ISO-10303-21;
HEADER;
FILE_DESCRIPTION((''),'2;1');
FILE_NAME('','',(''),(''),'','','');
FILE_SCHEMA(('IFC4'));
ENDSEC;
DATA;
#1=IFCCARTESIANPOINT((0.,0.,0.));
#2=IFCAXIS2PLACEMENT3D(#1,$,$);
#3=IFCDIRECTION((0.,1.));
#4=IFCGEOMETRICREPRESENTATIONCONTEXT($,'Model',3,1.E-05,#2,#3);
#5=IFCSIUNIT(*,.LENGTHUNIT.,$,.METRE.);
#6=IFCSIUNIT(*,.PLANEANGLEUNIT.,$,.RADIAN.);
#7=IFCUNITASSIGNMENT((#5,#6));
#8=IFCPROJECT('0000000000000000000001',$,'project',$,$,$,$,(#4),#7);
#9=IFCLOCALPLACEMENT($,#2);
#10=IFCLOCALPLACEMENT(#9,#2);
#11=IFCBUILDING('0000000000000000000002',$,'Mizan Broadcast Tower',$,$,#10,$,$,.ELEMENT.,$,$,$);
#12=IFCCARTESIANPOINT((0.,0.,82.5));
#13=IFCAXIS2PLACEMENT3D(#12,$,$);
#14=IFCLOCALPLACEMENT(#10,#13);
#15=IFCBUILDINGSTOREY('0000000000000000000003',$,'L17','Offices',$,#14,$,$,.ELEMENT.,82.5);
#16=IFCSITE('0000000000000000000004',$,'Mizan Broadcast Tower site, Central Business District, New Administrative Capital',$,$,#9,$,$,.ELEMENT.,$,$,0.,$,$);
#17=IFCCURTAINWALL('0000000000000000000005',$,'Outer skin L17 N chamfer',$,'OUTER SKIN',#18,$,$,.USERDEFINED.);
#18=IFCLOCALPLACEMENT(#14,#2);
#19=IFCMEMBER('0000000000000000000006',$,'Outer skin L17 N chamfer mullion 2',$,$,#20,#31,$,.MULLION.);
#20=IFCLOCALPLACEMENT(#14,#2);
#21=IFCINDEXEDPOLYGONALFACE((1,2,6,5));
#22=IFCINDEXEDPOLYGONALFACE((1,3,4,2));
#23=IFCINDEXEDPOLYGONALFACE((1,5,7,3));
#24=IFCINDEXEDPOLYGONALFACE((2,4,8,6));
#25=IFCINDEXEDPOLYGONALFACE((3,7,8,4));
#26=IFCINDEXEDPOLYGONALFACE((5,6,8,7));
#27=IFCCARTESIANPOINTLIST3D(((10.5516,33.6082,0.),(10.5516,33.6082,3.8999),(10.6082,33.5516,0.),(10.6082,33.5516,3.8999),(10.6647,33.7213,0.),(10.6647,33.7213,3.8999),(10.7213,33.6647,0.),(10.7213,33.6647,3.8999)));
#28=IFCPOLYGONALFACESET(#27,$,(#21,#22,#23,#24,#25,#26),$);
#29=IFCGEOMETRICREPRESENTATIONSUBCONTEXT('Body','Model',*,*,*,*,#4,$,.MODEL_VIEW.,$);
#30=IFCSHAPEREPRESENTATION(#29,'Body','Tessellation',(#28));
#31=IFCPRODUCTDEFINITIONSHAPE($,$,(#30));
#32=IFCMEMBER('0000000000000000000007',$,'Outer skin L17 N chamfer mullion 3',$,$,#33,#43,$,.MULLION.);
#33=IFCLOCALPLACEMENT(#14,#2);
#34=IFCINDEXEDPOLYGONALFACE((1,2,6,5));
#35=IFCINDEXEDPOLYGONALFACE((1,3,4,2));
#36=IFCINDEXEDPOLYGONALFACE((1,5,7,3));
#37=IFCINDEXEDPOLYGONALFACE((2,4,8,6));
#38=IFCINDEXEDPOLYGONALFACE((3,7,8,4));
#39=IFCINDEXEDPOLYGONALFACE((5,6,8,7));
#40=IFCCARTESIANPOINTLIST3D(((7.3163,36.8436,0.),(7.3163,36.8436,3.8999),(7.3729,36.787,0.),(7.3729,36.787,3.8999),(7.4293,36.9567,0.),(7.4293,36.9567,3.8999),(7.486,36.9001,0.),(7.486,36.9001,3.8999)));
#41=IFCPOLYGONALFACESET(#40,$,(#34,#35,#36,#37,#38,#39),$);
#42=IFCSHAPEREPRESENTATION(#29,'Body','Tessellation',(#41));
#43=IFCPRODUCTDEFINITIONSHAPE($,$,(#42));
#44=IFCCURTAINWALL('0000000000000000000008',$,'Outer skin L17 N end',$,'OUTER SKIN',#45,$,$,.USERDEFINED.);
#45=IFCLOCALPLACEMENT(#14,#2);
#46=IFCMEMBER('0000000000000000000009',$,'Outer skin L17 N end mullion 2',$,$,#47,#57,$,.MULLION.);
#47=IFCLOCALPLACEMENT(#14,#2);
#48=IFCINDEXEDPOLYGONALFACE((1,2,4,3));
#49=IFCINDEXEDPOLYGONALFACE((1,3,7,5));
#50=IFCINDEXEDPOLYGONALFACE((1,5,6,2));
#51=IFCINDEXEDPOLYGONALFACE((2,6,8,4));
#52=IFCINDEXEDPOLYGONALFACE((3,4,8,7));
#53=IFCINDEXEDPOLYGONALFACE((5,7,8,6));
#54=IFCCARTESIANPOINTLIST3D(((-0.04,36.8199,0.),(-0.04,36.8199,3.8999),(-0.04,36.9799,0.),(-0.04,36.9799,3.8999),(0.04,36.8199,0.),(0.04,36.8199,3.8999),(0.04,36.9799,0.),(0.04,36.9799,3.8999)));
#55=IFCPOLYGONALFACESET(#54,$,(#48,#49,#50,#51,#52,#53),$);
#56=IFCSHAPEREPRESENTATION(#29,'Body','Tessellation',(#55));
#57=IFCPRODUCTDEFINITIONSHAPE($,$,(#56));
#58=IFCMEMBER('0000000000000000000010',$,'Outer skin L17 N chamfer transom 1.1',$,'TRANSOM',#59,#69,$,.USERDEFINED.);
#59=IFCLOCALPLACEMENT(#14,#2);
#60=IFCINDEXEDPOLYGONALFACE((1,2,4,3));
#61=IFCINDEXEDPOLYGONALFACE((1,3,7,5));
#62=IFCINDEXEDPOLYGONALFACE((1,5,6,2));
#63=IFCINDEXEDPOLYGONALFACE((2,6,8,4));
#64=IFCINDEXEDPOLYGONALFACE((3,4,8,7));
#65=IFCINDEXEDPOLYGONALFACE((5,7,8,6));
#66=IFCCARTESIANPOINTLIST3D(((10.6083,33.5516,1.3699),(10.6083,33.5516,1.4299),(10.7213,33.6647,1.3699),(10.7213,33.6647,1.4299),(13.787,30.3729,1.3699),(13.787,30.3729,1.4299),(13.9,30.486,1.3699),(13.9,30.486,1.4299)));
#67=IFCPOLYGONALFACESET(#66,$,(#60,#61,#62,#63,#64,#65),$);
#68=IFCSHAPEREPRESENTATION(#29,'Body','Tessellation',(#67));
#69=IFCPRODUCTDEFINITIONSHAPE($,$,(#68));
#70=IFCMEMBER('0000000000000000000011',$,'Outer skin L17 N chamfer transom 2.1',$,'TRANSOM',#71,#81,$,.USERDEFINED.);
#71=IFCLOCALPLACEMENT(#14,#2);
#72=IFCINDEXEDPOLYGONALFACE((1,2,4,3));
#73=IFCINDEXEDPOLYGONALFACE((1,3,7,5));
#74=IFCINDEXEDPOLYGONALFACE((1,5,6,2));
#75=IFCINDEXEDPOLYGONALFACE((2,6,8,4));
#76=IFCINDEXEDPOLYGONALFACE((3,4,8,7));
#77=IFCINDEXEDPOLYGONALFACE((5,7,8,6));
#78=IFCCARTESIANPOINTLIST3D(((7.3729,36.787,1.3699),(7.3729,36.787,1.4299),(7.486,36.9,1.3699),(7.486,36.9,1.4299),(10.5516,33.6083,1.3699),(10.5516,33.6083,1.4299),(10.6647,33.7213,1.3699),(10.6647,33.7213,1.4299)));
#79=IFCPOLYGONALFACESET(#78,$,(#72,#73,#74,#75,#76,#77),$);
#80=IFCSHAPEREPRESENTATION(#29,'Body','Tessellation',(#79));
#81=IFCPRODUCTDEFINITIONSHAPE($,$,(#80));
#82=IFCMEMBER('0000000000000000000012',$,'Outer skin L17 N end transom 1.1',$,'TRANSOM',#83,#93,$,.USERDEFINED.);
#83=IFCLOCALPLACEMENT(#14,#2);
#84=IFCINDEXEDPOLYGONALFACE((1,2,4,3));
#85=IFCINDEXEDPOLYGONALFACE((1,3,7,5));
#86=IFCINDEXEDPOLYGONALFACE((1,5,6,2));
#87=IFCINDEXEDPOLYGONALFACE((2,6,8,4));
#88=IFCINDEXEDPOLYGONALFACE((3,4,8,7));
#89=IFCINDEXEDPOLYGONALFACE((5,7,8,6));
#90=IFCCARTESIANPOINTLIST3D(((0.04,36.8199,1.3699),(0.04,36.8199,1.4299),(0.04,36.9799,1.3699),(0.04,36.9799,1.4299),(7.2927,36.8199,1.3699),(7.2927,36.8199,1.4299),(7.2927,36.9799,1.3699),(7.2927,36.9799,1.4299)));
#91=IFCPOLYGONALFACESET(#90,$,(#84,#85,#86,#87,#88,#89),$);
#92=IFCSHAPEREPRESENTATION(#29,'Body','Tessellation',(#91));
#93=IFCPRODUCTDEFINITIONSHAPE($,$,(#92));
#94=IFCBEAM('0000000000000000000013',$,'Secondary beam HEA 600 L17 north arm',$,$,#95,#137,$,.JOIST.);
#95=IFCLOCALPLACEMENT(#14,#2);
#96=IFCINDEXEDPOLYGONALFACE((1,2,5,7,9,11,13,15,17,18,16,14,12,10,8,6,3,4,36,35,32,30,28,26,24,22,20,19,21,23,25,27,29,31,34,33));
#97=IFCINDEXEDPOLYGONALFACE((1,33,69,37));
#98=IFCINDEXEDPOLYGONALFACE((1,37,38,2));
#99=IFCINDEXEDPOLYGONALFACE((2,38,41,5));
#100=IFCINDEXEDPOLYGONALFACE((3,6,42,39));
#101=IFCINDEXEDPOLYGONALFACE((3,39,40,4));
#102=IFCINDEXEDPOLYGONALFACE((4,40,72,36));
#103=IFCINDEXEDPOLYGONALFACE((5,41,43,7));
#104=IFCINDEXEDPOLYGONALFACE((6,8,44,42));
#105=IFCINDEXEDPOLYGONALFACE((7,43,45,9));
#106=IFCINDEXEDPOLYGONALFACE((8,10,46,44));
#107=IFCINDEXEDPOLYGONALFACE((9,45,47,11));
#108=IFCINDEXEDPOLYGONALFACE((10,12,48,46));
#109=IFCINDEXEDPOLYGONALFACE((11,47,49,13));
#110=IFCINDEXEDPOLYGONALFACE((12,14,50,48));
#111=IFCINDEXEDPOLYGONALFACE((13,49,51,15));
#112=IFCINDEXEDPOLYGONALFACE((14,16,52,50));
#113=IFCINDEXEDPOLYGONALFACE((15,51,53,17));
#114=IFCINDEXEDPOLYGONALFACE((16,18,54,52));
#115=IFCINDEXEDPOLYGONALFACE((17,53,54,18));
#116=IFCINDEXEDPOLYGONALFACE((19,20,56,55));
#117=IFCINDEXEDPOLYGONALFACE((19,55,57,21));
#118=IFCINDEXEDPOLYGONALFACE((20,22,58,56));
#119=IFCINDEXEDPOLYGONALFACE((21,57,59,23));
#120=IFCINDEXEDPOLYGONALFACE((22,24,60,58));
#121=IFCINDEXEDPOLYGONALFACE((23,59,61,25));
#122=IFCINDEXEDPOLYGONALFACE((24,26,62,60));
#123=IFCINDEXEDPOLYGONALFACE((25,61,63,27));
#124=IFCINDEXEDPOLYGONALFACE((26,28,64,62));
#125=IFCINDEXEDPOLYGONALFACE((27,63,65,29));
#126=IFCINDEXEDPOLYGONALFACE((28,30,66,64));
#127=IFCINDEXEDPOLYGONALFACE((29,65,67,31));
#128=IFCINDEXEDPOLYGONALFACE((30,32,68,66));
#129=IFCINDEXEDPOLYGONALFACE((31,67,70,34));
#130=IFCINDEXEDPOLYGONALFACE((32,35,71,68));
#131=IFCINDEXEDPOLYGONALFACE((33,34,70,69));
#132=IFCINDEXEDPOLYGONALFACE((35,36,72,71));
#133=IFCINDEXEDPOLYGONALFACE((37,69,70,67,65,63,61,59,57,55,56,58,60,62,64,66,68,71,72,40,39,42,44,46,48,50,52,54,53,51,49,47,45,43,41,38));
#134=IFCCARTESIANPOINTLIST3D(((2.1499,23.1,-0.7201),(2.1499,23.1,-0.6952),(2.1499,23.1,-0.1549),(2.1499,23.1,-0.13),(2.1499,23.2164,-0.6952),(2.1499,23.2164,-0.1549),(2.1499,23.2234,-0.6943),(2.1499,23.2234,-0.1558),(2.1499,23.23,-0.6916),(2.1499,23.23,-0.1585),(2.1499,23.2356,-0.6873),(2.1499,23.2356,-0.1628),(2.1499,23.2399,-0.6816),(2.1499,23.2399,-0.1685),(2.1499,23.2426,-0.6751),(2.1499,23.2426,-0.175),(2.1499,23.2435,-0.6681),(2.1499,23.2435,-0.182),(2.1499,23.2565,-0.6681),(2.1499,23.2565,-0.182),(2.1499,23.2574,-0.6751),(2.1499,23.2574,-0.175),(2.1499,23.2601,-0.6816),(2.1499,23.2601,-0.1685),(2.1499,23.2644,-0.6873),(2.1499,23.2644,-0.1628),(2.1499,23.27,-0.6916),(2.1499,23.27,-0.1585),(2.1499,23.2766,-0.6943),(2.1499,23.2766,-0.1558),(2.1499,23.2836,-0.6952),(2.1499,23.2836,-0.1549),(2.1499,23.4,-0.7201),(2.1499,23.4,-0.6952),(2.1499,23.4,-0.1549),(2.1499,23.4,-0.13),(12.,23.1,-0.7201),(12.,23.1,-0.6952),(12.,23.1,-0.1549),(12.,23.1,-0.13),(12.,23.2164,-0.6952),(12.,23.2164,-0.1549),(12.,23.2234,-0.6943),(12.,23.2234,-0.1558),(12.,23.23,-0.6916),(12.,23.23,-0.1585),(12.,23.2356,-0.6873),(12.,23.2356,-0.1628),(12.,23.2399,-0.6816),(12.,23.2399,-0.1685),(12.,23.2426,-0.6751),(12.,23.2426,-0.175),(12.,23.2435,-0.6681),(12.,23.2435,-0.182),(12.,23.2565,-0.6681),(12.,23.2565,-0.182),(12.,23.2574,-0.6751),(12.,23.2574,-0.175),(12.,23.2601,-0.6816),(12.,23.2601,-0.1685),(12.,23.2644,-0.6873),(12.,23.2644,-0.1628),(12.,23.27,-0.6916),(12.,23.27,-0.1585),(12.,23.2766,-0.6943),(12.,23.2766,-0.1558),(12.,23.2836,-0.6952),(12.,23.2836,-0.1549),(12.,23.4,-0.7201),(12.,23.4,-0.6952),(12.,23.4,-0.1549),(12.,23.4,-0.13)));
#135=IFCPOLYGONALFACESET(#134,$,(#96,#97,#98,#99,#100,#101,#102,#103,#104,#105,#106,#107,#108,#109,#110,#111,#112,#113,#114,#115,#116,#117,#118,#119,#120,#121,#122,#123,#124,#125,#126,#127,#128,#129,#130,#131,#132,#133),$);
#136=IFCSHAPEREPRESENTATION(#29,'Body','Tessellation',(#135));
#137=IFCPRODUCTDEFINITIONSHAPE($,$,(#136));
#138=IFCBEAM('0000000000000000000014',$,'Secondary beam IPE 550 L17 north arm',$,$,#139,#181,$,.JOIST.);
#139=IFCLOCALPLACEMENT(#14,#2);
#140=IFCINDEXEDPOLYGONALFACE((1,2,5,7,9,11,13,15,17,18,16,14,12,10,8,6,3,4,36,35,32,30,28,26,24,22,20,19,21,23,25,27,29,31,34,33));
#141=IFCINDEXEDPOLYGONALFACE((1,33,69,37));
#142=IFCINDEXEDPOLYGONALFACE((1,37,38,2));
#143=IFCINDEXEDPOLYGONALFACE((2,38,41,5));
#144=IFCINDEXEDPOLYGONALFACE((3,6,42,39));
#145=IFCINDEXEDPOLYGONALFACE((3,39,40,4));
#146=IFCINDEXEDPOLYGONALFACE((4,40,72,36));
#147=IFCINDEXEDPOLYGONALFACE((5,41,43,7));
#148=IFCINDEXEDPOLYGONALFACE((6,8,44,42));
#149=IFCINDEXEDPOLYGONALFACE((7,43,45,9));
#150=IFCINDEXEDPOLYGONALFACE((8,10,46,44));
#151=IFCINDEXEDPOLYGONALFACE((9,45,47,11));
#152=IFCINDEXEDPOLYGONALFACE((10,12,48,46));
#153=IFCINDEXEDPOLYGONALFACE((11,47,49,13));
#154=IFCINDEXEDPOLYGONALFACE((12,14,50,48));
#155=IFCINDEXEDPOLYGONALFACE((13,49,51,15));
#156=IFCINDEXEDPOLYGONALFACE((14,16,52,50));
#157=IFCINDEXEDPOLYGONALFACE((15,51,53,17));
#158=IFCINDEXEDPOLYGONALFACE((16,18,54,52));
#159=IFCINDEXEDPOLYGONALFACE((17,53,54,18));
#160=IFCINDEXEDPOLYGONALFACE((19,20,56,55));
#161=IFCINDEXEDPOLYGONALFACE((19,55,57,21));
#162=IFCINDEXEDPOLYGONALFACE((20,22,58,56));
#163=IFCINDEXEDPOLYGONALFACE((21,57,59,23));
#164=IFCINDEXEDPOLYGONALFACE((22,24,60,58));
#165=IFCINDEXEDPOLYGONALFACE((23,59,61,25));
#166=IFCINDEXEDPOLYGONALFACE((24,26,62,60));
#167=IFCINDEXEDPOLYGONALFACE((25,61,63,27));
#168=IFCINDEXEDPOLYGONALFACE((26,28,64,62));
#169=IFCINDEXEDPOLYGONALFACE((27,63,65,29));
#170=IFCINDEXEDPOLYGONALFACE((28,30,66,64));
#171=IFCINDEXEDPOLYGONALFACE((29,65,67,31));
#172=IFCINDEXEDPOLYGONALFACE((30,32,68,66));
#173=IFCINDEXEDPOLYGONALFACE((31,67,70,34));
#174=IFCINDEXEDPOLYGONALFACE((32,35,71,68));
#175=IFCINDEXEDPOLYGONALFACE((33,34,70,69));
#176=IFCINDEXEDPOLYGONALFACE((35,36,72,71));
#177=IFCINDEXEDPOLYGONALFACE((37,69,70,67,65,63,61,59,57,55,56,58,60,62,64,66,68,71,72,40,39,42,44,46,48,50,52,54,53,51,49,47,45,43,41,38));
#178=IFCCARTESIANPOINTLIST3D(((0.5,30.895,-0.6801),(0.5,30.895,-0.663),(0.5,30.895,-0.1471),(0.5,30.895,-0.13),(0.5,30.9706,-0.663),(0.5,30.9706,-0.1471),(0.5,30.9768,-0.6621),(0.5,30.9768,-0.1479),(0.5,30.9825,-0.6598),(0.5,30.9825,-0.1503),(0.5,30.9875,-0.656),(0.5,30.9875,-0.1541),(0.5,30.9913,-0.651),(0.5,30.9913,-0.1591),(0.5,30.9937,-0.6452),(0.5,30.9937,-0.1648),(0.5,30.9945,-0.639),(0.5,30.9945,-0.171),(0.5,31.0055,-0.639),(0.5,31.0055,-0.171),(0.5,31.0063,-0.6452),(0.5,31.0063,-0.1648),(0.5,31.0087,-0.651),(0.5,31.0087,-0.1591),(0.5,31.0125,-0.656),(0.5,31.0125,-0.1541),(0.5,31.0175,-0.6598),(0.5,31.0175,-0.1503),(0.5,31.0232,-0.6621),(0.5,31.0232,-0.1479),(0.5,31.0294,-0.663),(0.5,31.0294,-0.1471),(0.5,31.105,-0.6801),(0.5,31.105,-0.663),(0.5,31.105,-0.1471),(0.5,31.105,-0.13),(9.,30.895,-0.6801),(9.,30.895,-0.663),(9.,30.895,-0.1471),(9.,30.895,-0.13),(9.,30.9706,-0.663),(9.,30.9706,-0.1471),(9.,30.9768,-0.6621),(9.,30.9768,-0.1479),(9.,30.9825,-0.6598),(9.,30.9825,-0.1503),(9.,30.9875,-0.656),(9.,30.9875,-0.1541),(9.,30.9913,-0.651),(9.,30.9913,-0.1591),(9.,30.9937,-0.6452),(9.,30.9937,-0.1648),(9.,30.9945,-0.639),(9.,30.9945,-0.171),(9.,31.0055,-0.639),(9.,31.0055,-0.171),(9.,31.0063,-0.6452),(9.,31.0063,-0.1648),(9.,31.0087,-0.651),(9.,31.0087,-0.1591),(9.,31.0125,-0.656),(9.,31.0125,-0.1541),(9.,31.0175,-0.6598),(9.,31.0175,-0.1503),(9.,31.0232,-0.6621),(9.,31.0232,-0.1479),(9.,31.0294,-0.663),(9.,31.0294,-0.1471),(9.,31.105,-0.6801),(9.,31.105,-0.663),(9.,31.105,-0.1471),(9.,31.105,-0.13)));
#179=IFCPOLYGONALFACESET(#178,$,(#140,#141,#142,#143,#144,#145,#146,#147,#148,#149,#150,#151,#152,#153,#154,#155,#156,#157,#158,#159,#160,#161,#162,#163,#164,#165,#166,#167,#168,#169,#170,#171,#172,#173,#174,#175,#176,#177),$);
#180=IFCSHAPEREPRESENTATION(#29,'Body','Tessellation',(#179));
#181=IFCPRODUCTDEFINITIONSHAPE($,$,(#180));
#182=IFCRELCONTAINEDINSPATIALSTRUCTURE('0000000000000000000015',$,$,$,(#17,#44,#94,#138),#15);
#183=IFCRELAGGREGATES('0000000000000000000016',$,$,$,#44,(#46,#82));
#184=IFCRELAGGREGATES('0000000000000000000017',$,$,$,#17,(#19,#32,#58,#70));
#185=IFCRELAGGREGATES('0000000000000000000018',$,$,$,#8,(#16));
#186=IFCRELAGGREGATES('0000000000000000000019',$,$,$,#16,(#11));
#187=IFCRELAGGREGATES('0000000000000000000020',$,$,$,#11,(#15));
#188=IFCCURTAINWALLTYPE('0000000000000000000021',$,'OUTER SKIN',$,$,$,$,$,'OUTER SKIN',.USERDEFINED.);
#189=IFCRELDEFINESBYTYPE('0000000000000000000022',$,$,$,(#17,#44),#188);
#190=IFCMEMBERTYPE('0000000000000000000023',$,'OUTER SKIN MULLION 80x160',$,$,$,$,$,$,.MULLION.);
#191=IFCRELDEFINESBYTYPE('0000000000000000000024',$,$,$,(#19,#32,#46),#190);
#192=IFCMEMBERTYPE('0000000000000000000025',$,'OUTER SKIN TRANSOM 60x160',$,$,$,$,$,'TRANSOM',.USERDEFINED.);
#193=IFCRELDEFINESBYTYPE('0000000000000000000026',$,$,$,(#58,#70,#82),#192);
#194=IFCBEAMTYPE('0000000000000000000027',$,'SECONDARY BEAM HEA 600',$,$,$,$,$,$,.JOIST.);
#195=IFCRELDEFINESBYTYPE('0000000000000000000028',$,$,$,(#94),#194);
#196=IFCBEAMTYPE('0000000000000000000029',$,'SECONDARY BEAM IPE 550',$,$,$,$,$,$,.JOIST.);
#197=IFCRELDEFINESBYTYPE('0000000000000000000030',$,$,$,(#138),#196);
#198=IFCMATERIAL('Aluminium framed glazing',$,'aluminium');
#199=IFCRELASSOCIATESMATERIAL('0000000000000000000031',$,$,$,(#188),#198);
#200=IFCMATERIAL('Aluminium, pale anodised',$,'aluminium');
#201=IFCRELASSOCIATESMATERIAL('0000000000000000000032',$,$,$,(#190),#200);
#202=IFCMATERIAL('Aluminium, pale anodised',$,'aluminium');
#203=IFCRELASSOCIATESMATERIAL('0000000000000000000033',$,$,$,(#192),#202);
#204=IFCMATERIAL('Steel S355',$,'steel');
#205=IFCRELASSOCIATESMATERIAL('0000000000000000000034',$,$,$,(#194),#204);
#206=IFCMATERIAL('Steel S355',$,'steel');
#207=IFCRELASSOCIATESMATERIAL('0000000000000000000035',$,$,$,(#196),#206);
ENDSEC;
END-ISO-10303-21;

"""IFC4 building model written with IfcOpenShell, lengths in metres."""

from ifc_helpers import new_model, si_unit, direction, frame, origin, origin_2d, place, context, subcontext, project, spatial, rectangle, i_section, extrude, material, material_profile, profile_set, type_object, element, aggregate, save


model = new_model("IFC4")

# Units and contexts
model_context = context("Model", 3, precision=1e-05, world=origin(), true_north=direction((0.0, 1.0)))
body_context = subcontext(model_context, "Body", "Model", "MODEL_VIEW")
ifc_project = project(units=[si_unit("LENGTHUNIT", "METRE"), si_unit("PLANEANGLEUNIT", "RADIAN")], contexts=[model_context])

# Site, building, storey
site_placement = place(None, origin())
site = spatial("IfcSite", under=ifc_project, at=site_placement, Name="Mizan Broadcast Tower site, Central Business District, New Administrative Capital", CompositionType="ELEMENT", RefElevation=0.0)
building_placement = place(site_placement, origin())
building = spatial("IfcBuilding", under=site, at=building_placement, Name="Mizan Broadcast Tower", CompositionType="ELEMENT")
storey_placement = place(building_placement, frame((0.0, 0.0, 82.5)))
storey = spatial("IfcBuildingStorey", under=building, at=storey_placement, Name="L17", Description="Offices", CompositionType="ELEMENT", Elevation=82.5)

# Curtain wall, members
ifc_material_1 = material(Name="Aluminium framed glazing", Category="aluminium")
curtain_wall_type_1 = type_object("IfcCurtainWallType", Name="OUTER SKIN", ElementType="OUTER SKIN", PredefinedType="USERDEFINED", material=ifc_material_1)
curtain_wall_1_placement = place(storey_placement, origin())
curtain_wall_1 = element("IfcCurtainWall", 1, at=curtain_wall_1_placement, inside=storey, type_object=curtain_wall_type_1, Name="Outer skin L17 N chamfer", ObjectType="OUTER SKIN", PredefinedType="USERDEFINED")
ifc_material_2 = material(Name="Aluminium, pale anodised", Category="aluminium")
ifc_material_profile_1 = material_profile(ifc_material_2, rectangle(XDim=0.1599, YDim=0.0801, at=origin_2d()), Name="MULLION 160x80")
ifc_profile_set_1 = profile_set([ifc_material_profile_1], Name="Aluminium, pale anodised")
member_type_1 = type_object("IfcMemberType", Name="OUTER SKIN MULLION 80x160", PredefinedType="MULLION", material=ifc_profile_set_1)
member_1_placement = place(storey_placement, frame((10.6365, 33.6365, 0.0), z_axis=(0.0, 0.0, 1.0), x_axis=(-0.707107, -0.707107, 0.0)))
member_1 = element("IfcMember", 2, at=member_1_placement, type_object=member_type_1, Name="Outer skin L17 N chamfer mullion 2", PredefinedType="MULLION", context=body_context, shape_type="SweptSolid", body=[
    extrude(rectangle(XDim=0.1599, YDim=0.0801, at=origin_2d()), origin(), (0.0, 0.0, 1.0), 3.8999),
])
member_2_placement = place(storey_placement, frame((7.4011, 36.8718, 0.0), z_axis=(0.0, 0.0, 1.0), x_axis=(-0.707107, -0.707107, 0.0)))
member_2 = element("IfcMember", 3, at=member_2_placement, type_object=member_type_1, Name="Outer skin L17 N chamfer mullion 3", PredefinedType="MULLION", context=body_context, shape_type="SweptSolid", body=[
    extrude(rectangle(XDim=0.1599, YDim=0.0801, at=origin_2d()), origin(), (0.0, 0.0, 1.0), 3.8999),
])

# Curtain wall, member
curtain_wall_2_placement = place(storey_placement, origin())
curtain_wall_2 = element("IfcCurtainWall", 4, at=curtain_wall_2_placement, inside=storey, type_object=curtain_wall_type_1, Name="Outer skin L17 N end", ObjectType="OUTER SKIN", PredefinedType="USERDEFINED")
member_3_placement = place(storey_placement, frame((0.0, 36.8999, 0.0), z_axis=(0.0, 0.0, 1.0), x_axis=(0.0, -1.0, 0.0)))
member_3 = element("IfcMember", 5, at=member_3_placement, type_object=member_type_1, Name="Outer skin L17 N end mullion 2", PredefinedType="MULLION", context=body_context, shape_type="SweptSolid", body=[
    extrude(rectangle(XDim=0.1599, YDim=0.0801, at=origin_2d()), origin(), (0.0, 0.0, 1.0), 3.8999),
])

# Members
ifc_material_3 = material(Name="Aluminium, pale anodised", Category="aluminium")
ifc_material_profile_2 = material_profile(ifc_material_3, rectangle(XDim=0.1599, YDim=0.0601, at=origin_2d()), Name="TRANSOM 160x60")
ifc_profile_set_2 = profile_set([ifc_material_profile_2], Name="Aluminium, pale anodised")
member_type_2 = type_object("IfcMemberType", Name="OUTER SKIN TRANSOM 60x160", ElementType="TRANSOM", PredefinedType="USERDEFINED", material=ifc_profile_set_2)
member_4_placement = place(storey_placement, frame((13.8435, 30.4294, 1.3999), z_axis=(-0.707107, 0.707107, 0.0), x_axis=(-0.707107, -0.707107, 0.0)))
member_4 = element("IfcMember", 6, at=member_4_placement, type_object=member_type_2, Name="Outer skin L17 N chamfer transom 1.1", ObjectType="TRANSOM", PredefinedType="USERDEFINED", context=body_context, shape_type="SweptSolid", body=[
    extrude(rectangle(XDim=0.1599, YDim=0.0601, at=origin_2d()), origin(), (0.0, 0.0, 1.0), 4.4954),
])
member_5_placement = place(storey_placement, frame((10.6082, 33.6648, 1.3999), z_axis=(-0.707107, 0.707107, 0.0), x_axis=(-0.707107, -0.707107, 0.0)))
member_5 = element("IfcMember", 7, at=member_5_placement, type_object=member_type_2, Name="Outer skin L17 N chamfer transom 2.1", ObjectType="TRANSOM", PredefinedType="USERDEFINED", context=body_context, shape_type="SweptSolid", body=[
    extrude(rectangle(XDim=0.1599, YDim=0.0601, at=origin_2d()), origin(), (0.0, 0.0, 1.0), 4.4954),
])
member_6_placement = place(storey_placement, frame((7.2927, 36.8999, 1.3999), z_axis=(-1.0, 0.0, 0.0), x_axis=(0.0, -1.0, 0.0)))
member_6 = element("IfcMember", 8, at=member_6_placement, type_object=member_type_2, Name="Outer skin L17 N end transom 1.1", ObjectType="TRANSOM", PredefinedType="USERDEFINED", context=body_context, shape_type="SweptSolid", body=[
    extrude(rectangle(XDim=0.1599, YDim=0.0601, at=origin_2d()), origin(), (0.0, 0.0, 1.0), 7.2527),
])

# Beams
ifc_material_4 = material(Name="Steel S355", Category="steel")
ifc_material_profile_3 = material_profile(ifc_material_4, i_section(OverallWidth=0.3, OverallDepth=0.5901, WebThickness=0.0129, FlangeThickness=0.0249, FilletRadius=0.0271, at=origin_2d()), Name="HEA 600")
ifc_profile_set_3 = profile_set([ifc_material_profile_3], Name="Steel S355")
beam_type_1 = type_object("IfcBeamType", Name="SECONDARY BEAM HEA 600", PredefinedType="JOIST", material=ifc_profile_set_3)
beam_1_placement = place(storey_placement, frame((12.0, 23.25, -0.425), z_axis=(-1.0, 0.0, 0.0), x_axis=(0.0, -1.0, 0.0)))
element("IfcBeam", 9, at=beam_1_placement, inside=storey, type_object=beam_type_1, Name="Secondary beam HEA 600 L17 north arm", PredefinedType="JOIST", context=body_context, shape_type="SweptSolid", body=[
    extrude(i_section(OverallWidth=0.3, OverallDepth=0.5901, WebThickness=0.0129, FlangeThickness=0.0249, FilletRadius=0.0271, at=origin_2d()), origin(), (0.0, 0.0, 1.0), 9.8501),
])
ifc_material_5 = material(Name="Steel S355", Category="steel")
ifc_material_profile_4 = material_profile(ifc_material_5, i_section(OverallWidth=0.21, OverallDepth=0.55, WebThickness=0.011, FlangeThickness=0.0171, FilletRadius=0.0239, at=origin_2d()), Name="IPE 550")
ifc_profile_set_4 = profile_set([ifc_material_profile_4], Name="Steel S355")
beam_type_2 = type_object("IfcBeamType", Name="SECONDARY BEAM IPE 550", PredefinedType="JOIST", material=ifc_profile_set_4)
beam_2_placement = place(storey_placement, frame((9.0, 31.0, -0.405), z_axis=(-1.0, 0.0, 0.0), x_axis=(0.0, -1.0, 0.0)))
element("IfcBeam", 10, at=beam_2_placement, inside=storey, type_object=beam_type_2, Name="Secondary beam IPE 550 L17 north arm", PredefinedType="JOIST", context=body_context, shape_type="SweptSolid", body=[
    extrude(i_section(OverallWidth=0.21, OverallDepth=0.55, WebThickness=0.011, FlangeThickness=0.0171, FilletRadius=0.0239, at=origin_2d()), origin(), (0.0, 0.0, 1.0), 8.5),
])

aggregate(curtain_wall_2, [member_3, member_6])
aggregate(curtain_wall_1, [member_1, member_2, member_4, member_5])

save(model, "model.ifc")
